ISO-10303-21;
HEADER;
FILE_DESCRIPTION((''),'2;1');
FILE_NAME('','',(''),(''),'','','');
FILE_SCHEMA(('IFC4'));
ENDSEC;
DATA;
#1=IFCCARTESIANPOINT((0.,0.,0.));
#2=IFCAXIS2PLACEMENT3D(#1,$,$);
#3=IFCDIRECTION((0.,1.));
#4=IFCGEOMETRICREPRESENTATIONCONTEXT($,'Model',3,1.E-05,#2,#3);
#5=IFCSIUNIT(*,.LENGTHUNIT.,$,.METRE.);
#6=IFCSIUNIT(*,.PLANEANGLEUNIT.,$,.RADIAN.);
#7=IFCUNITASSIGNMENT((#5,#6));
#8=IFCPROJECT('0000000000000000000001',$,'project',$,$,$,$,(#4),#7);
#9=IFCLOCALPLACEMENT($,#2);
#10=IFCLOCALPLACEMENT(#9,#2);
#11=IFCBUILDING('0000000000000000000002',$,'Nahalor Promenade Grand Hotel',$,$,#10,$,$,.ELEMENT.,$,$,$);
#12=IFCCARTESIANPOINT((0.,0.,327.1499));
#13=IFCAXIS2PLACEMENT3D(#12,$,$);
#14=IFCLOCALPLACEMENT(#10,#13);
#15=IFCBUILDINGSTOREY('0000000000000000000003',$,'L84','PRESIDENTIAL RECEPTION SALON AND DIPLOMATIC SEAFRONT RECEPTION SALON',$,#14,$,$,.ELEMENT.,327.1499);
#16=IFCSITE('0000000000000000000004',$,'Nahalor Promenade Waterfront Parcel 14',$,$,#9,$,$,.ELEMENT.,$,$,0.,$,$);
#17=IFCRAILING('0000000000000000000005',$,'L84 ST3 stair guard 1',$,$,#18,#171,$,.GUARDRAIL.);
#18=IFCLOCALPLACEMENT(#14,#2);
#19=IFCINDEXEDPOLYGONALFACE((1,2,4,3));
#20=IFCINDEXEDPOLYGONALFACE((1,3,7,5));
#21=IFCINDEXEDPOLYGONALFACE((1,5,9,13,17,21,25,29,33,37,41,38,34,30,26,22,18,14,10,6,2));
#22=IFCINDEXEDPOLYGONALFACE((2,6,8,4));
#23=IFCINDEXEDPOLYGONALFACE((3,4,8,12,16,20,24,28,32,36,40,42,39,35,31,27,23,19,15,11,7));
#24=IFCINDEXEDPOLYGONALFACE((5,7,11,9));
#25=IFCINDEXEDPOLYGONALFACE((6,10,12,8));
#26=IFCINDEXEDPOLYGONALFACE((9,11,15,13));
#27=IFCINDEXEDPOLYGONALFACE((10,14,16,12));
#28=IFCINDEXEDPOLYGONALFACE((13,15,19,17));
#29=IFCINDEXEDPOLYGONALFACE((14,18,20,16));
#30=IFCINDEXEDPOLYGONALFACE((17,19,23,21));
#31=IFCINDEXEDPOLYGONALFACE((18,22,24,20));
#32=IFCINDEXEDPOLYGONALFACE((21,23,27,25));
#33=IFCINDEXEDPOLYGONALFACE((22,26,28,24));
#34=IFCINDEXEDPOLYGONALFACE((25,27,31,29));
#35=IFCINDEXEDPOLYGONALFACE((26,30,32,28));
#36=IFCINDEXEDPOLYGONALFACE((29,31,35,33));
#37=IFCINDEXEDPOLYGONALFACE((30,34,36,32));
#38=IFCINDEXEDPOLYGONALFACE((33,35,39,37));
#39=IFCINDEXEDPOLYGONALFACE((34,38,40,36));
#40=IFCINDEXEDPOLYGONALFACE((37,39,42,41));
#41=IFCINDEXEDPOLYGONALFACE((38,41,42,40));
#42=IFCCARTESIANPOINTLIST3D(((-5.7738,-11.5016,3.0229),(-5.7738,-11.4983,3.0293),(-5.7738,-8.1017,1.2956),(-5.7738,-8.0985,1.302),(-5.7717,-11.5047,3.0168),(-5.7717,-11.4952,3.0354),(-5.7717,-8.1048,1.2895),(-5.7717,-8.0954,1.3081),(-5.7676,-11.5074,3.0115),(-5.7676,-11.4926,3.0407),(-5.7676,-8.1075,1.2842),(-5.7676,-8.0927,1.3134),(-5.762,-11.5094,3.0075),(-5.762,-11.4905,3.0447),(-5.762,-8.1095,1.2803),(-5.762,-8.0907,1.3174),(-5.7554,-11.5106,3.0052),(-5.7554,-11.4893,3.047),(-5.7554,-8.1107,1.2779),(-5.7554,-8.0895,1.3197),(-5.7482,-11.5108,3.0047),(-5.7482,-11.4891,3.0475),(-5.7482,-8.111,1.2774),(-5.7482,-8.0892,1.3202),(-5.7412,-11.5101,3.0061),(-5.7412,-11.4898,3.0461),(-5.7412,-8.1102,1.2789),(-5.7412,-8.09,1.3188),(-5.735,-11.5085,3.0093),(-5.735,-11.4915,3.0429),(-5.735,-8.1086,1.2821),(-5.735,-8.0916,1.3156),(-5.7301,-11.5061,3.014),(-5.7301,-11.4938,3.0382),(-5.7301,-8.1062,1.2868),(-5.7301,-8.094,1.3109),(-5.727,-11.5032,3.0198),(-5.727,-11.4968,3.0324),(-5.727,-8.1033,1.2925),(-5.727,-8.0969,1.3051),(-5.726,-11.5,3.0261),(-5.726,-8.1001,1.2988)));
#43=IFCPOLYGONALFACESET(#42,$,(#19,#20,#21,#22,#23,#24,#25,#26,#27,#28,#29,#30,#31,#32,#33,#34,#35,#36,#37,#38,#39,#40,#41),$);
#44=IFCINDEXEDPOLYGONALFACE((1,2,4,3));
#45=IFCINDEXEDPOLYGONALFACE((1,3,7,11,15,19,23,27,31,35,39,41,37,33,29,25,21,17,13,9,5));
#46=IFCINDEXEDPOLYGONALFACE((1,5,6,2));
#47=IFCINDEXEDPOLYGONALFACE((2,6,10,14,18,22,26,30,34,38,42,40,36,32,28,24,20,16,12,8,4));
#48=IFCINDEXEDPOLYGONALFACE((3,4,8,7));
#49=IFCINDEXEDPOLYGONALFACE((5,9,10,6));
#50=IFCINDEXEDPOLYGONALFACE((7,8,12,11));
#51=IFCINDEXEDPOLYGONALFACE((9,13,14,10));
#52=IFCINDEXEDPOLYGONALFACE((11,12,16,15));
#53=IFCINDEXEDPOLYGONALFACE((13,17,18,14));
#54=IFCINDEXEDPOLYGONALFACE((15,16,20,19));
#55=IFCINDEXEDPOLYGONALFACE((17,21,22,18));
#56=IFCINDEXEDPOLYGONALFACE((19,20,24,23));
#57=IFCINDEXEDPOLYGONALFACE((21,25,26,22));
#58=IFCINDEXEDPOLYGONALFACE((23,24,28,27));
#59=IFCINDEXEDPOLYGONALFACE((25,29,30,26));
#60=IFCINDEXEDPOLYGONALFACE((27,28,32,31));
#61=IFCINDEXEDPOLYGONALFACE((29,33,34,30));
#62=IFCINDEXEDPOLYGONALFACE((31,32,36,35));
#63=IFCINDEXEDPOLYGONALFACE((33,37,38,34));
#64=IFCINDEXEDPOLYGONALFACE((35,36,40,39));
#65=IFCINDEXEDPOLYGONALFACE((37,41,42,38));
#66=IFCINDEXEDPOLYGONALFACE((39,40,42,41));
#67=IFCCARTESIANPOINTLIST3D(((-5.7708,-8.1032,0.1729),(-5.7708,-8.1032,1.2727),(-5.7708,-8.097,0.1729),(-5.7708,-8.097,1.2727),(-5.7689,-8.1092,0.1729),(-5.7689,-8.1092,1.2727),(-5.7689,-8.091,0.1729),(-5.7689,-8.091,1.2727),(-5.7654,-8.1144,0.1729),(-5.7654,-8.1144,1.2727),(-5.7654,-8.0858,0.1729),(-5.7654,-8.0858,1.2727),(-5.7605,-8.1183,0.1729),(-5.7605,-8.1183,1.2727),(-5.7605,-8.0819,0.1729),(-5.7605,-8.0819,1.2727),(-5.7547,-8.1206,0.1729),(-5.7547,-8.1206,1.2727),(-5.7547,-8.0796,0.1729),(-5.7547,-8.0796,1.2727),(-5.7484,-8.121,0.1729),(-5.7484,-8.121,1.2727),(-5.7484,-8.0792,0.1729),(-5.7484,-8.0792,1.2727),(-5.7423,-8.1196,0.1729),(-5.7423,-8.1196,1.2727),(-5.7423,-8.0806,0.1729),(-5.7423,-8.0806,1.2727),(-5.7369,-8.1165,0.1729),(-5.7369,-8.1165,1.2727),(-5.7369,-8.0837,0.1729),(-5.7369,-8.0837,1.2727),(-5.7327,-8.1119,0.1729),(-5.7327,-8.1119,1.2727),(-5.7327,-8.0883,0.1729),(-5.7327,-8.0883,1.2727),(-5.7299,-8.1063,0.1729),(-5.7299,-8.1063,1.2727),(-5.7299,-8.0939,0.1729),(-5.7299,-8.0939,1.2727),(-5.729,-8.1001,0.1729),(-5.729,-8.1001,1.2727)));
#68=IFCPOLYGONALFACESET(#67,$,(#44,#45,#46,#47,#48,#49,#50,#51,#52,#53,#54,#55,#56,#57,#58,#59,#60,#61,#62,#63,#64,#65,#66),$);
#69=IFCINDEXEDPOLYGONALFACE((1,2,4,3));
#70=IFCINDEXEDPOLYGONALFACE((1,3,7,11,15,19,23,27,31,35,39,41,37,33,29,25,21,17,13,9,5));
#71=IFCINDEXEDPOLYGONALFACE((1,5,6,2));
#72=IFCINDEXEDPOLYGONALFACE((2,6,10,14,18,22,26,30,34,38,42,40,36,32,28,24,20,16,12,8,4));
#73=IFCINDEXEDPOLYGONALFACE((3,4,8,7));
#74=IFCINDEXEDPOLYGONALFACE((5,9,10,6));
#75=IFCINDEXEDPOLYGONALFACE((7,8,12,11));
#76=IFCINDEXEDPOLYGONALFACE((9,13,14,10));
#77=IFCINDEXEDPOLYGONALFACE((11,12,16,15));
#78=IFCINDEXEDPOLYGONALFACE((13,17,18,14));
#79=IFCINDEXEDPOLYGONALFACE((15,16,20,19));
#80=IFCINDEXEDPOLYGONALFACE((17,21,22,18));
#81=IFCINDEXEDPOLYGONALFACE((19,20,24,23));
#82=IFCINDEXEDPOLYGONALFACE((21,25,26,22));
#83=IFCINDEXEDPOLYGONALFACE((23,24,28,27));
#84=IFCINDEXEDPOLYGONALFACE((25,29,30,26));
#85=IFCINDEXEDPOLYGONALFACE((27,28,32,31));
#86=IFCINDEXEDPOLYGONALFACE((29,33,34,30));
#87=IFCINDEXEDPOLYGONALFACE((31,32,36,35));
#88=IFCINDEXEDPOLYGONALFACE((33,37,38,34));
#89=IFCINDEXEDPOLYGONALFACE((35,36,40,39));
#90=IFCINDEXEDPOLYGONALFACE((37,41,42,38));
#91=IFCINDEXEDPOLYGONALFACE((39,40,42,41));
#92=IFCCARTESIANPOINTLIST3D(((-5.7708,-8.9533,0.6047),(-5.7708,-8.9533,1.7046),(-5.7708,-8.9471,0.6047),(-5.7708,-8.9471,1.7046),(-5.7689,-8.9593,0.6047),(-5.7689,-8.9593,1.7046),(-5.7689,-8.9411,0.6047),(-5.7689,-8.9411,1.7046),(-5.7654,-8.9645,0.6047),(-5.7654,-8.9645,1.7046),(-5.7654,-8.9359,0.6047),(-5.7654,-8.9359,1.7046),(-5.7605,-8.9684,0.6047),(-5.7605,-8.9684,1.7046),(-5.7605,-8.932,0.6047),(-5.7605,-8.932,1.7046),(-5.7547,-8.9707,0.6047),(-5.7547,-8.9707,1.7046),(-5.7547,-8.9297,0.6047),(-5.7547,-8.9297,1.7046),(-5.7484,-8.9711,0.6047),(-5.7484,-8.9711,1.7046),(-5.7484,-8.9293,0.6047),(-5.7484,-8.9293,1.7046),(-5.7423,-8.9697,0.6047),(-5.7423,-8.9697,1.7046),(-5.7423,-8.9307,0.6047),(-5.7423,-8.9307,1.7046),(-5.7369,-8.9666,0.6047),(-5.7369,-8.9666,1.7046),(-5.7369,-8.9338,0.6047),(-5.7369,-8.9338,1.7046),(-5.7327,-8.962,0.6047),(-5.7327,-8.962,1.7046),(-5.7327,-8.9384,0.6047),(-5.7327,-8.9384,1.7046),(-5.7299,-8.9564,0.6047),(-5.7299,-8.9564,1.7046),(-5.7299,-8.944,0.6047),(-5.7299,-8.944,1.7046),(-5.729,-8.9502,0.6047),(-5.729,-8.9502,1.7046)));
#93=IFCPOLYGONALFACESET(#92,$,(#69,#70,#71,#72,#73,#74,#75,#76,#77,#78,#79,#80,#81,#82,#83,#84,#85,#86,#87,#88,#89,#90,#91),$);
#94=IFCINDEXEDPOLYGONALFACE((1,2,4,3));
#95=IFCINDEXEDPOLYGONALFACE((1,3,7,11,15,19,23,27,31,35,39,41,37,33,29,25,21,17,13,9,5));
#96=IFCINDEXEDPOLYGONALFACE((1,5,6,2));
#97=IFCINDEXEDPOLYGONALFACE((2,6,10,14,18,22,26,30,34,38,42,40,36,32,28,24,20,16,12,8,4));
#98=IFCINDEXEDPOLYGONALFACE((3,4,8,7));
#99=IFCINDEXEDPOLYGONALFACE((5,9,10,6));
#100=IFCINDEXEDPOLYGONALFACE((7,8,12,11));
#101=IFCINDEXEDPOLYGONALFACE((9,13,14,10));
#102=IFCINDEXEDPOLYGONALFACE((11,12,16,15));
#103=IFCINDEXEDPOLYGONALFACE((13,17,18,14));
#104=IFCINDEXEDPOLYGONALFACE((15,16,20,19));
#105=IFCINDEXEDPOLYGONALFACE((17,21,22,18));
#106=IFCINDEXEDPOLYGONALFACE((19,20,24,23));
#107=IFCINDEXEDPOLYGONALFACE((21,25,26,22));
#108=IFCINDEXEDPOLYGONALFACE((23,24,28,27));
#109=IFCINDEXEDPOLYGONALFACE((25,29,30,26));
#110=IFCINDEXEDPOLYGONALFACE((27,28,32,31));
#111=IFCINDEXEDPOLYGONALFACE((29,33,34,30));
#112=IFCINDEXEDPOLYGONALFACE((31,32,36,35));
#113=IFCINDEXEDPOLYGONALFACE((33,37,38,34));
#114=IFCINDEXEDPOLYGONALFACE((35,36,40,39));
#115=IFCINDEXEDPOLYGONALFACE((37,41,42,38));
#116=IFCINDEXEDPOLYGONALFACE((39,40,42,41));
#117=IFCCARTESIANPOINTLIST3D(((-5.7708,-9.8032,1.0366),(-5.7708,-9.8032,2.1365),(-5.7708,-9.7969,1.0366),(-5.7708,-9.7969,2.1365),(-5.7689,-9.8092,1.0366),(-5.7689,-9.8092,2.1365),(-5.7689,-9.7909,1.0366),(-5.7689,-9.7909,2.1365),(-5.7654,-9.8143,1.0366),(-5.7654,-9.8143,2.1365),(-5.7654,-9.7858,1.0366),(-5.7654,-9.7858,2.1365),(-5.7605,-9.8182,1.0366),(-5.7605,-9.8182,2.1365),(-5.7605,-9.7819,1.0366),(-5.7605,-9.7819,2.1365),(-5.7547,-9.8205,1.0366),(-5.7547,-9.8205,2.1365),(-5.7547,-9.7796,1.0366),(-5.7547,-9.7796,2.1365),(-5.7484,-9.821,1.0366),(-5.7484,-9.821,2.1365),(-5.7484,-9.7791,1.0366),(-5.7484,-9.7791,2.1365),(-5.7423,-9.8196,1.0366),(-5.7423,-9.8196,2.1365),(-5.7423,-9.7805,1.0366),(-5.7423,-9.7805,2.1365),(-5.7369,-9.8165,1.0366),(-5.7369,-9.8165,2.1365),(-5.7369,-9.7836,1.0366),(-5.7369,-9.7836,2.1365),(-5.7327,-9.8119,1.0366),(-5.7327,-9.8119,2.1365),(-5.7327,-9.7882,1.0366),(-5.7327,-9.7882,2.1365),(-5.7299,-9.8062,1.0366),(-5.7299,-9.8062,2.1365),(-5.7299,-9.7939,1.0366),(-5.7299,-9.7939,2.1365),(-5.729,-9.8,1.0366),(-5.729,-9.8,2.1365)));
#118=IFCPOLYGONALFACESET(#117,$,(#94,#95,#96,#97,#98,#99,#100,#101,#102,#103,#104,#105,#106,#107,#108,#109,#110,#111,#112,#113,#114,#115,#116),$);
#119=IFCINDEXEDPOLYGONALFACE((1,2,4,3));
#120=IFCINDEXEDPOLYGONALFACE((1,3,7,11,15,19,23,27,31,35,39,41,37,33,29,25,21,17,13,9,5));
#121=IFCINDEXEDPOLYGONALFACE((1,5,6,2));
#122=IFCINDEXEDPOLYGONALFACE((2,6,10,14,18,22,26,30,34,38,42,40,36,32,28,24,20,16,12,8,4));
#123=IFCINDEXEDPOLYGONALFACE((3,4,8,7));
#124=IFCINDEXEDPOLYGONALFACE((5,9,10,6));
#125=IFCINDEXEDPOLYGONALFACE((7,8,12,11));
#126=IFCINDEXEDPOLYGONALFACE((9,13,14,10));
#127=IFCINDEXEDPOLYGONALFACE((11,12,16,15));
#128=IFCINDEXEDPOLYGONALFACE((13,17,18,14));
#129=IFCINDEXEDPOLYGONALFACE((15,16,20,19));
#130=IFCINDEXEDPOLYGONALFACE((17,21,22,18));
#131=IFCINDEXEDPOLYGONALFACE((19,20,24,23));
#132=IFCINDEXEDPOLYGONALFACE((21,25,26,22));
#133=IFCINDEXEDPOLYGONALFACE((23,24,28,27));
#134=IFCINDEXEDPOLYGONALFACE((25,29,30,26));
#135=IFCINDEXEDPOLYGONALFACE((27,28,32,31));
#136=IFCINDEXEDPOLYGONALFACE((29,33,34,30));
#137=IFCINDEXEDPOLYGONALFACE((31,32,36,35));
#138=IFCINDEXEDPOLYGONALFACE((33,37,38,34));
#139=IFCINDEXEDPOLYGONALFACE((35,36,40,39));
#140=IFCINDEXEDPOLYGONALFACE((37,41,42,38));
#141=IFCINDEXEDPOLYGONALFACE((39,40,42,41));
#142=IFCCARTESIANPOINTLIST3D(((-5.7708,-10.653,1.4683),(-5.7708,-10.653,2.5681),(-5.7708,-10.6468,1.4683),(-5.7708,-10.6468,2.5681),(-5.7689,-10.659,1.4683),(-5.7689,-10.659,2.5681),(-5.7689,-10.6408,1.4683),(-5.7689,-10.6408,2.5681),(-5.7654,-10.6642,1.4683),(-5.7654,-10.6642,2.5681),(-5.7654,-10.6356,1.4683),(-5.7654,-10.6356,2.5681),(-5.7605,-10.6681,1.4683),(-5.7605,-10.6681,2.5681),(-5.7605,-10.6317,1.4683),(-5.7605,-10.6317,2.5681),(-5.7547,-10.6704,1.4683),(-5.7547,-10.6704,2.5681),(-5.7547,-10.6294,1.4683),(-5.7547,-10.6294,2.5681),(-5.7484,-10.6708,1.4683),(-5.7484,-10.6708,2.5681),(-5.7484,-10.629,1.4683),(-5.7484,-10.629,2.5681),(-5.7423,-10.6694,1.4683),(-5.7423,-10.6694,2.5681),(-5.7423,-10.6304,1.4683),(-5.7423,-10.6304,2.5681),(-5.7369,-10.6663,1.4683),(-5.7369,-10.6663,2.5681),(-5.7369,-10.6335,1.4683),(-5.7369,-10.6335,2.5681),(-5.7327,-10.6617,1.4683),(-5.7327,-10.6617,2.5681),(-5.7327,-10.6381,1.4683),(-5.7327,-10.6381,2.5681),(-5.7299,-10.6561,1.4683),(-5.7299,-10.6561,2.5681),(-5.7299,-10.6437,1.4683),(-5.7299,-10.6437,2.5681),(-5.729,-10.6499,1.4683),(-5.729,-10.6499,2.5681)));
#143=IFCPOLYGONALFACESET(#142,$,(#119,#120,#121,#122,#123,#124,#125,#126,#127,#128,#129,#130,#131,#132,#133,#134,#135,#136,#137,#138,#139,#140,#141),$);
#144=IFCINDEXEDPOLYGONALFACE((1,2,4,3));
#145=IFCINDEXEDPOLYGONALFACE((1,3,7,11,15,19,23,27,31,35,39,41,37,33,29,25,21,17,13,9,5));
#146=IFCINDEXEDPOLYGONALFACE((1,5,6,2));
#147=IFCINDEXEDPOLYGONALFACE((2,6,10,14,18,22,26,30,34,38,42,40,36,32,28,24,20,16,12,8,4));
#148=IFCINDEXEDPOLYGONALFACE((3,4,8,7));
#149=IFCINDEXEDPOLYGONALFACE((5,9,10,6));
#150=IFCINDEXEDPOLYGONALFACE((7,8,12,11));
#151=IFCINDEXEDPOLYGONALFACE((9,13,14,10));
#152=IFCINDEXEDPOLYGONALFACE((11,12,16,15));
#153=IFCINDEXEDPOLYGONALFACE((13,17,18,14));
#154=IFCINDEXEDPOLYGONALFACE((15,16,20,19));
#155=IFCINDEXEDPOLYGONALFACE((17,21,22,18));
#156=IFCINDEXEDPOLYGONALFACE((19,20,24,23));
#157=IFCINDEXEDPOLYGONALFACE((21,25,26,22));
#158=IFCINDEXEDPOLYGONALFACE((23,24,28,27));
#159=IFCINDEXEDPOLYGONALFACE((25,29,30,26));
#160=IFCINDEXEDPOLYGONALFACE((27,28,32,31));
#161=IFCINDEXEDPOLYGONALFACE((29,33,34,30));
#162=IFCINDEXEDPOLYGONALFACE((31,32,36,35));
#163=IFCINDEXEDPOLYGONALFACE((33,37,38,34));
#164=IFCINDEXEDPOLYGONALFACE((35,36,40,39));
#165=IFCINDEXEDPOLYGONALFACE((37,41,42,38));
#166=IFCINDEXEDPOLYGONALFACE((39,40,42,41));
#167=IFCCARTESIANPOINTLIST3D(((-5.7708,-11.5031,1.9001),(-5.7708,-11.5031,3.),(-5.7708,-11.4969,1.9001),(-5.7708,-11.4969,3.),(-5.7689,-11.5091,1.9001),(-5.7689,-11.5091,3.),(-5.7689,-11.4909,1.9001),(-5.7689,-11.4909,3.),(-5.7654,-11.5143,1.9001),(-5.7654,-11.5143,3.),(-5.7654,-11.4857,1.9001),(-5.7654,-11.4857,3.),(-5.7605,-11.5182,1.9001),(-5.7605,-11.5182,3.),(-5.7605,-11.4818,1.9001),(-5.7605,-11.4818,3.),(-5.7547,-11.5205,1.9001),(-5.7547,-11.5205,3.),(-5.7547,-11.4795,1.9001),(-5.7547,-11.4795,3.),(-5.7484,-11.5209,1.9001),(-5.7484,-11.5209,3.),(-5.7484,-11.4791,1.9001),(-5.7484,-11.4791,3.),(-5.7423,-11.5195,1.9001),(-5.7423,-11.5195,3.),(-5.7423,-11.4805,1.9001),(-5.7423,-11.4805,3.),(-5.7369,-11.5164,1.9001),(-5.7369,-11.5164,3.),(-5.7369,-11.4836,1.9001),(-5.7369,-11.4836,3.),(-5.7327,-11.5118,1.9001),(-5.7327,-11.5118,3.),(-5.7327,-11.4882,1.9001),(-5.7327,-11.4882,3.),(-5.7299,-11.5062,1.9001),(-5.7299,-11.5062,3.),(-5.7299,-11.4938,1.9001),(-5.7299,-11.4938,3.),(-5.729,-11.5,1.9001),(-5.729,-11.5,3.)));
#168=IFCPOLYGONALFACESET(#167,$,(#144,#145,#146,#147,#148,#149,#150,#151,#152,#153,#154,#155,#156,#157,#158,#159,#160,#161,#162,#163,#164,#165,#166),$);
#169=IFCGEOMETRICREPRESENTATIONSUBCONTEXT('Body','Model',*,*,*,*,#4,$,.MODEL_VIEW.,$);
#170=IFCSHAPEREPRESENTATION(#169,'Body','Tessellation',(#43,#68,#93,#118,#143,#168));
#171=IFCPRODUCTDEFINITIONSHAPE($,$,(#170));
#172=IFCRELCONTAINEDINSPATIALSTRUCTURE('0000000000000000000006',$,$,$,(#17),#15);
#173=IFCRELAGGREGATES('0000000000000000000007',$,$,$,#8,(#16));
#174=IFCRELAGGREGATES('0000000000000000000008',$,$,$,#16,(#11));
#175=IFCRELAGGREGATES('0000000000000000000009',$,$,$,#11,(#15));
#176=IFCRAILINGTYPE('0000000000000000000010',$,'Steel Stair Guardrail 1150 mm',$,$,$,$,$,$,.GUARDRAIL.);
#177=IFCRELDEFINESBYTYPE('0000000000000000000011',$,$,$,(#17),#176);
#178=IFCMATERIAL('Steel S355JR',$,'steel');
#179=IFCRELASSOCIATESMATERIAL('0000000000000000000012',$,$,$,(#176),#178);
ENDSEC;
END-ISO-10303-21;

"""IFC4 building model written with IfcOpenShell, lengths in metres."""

from ifc_helpers import new_model, si_unit, direction, frame, origin, origin_2d, place, context, subcontext, project, spatial, circle, extrude, material, type_object, element, save


model = new_model("IFC4")

# Units and contexts
model_context = context("Model", 3, precision=1e-05, world=origin(), true_north=direction((0.0, 1.0)))
body_context = subcontext(model_context, "Body", "Model", "MODEL_VIEW")
ifc_project = project(units=[si_unit("LENGTHUNIT", "METRE"), si_unit("PLANEANGLEUNIT", "RADIAN")], contexts=[model_context])

# Site, building, storey
site_placement = place(None, origin())
site = spatial("IfcSite", under=ifc_project, at=site_placement, Name="Nahalor Promenade Waterfront Parcel 14", CompositionType="ELEMENT", RefElevation=0.0)
building_placement = place(site_placement, origin())
building = spatial("IfcBuilding", under=site, at=building_placement, Name="Nahalor Promenade Grand Hotel", CompositionType="ELEMENT")
storey_placement = place(building_placement, frame((0.0, 0.0, 327.1499)))
storey = spatial("IfcBuildingStorey", under=building, at=storey_placement, Name="L84", Description="PRESIDENTIAL RECEPTION SALON AND DIPLOMATIC SEAFRONT RECEPTION SALON", CompositionType="ELEMENT", Elevation=327.1499)

# Shared definitions
ifc_material_1 = material(Name="Steel S355JR", Category="steel")

# Railing
railing_type_1 = type_object("IfcRailingType", Name="Steel Stair Guardrail 1150 mm", PredefinedType="GUARDRAIL", material=ifc_material_1)
for number, where, name in (
    (1, (-5.75, -8.1001, 0.1729), "L84 ST3 stair guard 1"),
):
    element("IfcRailing", number, at=place(storey_placement, frame(where)), inside=storey, type_object=railing_type_1, Name=name, PredefinedType="GUARDRAIL", context=body_context, shape_type="SweptSolid", body=[
        extrude(circle(Radius=0.024, at=origin_2d()), frame((0.0, 0.0, 1.126), z_axis=(0.0, -0.891541, 0.452941), x_axis=(1.0, 0.0, 0.0)), (0.0, 0.0, 1.0), 3.8135),
        extrude(circle(Radius=0.021, at=origin_2d()), origin(), (0.0, 0.0, 1.0), 1.0999),
        extrude(circle(Radius=0.021, at=origin_2d()), frame((0.0, -0.8501, 0.4319)), (0.0, 0.0, 1.0), 1.0999),
        extrude(circle(Radius=0.021, at=origin_2d()), frame((0.0, -1.7, 0.8638)), (0.0, 0.0, 1.0), 1.0999),
        extrude(circle(Radius=0.021, at=origin_2d()), frame((0.0, -2.5498, 1.2954)), (0.0, 0.0, 1.0), 1.0999),
        extrude(circle(Radius=0.021, at=origin_2d()), frame((0.0, -3.3999, 1.7273)), (0.0, 0.0, 1.0), 1.0999),
    ])

save(model, "model.ifc")
